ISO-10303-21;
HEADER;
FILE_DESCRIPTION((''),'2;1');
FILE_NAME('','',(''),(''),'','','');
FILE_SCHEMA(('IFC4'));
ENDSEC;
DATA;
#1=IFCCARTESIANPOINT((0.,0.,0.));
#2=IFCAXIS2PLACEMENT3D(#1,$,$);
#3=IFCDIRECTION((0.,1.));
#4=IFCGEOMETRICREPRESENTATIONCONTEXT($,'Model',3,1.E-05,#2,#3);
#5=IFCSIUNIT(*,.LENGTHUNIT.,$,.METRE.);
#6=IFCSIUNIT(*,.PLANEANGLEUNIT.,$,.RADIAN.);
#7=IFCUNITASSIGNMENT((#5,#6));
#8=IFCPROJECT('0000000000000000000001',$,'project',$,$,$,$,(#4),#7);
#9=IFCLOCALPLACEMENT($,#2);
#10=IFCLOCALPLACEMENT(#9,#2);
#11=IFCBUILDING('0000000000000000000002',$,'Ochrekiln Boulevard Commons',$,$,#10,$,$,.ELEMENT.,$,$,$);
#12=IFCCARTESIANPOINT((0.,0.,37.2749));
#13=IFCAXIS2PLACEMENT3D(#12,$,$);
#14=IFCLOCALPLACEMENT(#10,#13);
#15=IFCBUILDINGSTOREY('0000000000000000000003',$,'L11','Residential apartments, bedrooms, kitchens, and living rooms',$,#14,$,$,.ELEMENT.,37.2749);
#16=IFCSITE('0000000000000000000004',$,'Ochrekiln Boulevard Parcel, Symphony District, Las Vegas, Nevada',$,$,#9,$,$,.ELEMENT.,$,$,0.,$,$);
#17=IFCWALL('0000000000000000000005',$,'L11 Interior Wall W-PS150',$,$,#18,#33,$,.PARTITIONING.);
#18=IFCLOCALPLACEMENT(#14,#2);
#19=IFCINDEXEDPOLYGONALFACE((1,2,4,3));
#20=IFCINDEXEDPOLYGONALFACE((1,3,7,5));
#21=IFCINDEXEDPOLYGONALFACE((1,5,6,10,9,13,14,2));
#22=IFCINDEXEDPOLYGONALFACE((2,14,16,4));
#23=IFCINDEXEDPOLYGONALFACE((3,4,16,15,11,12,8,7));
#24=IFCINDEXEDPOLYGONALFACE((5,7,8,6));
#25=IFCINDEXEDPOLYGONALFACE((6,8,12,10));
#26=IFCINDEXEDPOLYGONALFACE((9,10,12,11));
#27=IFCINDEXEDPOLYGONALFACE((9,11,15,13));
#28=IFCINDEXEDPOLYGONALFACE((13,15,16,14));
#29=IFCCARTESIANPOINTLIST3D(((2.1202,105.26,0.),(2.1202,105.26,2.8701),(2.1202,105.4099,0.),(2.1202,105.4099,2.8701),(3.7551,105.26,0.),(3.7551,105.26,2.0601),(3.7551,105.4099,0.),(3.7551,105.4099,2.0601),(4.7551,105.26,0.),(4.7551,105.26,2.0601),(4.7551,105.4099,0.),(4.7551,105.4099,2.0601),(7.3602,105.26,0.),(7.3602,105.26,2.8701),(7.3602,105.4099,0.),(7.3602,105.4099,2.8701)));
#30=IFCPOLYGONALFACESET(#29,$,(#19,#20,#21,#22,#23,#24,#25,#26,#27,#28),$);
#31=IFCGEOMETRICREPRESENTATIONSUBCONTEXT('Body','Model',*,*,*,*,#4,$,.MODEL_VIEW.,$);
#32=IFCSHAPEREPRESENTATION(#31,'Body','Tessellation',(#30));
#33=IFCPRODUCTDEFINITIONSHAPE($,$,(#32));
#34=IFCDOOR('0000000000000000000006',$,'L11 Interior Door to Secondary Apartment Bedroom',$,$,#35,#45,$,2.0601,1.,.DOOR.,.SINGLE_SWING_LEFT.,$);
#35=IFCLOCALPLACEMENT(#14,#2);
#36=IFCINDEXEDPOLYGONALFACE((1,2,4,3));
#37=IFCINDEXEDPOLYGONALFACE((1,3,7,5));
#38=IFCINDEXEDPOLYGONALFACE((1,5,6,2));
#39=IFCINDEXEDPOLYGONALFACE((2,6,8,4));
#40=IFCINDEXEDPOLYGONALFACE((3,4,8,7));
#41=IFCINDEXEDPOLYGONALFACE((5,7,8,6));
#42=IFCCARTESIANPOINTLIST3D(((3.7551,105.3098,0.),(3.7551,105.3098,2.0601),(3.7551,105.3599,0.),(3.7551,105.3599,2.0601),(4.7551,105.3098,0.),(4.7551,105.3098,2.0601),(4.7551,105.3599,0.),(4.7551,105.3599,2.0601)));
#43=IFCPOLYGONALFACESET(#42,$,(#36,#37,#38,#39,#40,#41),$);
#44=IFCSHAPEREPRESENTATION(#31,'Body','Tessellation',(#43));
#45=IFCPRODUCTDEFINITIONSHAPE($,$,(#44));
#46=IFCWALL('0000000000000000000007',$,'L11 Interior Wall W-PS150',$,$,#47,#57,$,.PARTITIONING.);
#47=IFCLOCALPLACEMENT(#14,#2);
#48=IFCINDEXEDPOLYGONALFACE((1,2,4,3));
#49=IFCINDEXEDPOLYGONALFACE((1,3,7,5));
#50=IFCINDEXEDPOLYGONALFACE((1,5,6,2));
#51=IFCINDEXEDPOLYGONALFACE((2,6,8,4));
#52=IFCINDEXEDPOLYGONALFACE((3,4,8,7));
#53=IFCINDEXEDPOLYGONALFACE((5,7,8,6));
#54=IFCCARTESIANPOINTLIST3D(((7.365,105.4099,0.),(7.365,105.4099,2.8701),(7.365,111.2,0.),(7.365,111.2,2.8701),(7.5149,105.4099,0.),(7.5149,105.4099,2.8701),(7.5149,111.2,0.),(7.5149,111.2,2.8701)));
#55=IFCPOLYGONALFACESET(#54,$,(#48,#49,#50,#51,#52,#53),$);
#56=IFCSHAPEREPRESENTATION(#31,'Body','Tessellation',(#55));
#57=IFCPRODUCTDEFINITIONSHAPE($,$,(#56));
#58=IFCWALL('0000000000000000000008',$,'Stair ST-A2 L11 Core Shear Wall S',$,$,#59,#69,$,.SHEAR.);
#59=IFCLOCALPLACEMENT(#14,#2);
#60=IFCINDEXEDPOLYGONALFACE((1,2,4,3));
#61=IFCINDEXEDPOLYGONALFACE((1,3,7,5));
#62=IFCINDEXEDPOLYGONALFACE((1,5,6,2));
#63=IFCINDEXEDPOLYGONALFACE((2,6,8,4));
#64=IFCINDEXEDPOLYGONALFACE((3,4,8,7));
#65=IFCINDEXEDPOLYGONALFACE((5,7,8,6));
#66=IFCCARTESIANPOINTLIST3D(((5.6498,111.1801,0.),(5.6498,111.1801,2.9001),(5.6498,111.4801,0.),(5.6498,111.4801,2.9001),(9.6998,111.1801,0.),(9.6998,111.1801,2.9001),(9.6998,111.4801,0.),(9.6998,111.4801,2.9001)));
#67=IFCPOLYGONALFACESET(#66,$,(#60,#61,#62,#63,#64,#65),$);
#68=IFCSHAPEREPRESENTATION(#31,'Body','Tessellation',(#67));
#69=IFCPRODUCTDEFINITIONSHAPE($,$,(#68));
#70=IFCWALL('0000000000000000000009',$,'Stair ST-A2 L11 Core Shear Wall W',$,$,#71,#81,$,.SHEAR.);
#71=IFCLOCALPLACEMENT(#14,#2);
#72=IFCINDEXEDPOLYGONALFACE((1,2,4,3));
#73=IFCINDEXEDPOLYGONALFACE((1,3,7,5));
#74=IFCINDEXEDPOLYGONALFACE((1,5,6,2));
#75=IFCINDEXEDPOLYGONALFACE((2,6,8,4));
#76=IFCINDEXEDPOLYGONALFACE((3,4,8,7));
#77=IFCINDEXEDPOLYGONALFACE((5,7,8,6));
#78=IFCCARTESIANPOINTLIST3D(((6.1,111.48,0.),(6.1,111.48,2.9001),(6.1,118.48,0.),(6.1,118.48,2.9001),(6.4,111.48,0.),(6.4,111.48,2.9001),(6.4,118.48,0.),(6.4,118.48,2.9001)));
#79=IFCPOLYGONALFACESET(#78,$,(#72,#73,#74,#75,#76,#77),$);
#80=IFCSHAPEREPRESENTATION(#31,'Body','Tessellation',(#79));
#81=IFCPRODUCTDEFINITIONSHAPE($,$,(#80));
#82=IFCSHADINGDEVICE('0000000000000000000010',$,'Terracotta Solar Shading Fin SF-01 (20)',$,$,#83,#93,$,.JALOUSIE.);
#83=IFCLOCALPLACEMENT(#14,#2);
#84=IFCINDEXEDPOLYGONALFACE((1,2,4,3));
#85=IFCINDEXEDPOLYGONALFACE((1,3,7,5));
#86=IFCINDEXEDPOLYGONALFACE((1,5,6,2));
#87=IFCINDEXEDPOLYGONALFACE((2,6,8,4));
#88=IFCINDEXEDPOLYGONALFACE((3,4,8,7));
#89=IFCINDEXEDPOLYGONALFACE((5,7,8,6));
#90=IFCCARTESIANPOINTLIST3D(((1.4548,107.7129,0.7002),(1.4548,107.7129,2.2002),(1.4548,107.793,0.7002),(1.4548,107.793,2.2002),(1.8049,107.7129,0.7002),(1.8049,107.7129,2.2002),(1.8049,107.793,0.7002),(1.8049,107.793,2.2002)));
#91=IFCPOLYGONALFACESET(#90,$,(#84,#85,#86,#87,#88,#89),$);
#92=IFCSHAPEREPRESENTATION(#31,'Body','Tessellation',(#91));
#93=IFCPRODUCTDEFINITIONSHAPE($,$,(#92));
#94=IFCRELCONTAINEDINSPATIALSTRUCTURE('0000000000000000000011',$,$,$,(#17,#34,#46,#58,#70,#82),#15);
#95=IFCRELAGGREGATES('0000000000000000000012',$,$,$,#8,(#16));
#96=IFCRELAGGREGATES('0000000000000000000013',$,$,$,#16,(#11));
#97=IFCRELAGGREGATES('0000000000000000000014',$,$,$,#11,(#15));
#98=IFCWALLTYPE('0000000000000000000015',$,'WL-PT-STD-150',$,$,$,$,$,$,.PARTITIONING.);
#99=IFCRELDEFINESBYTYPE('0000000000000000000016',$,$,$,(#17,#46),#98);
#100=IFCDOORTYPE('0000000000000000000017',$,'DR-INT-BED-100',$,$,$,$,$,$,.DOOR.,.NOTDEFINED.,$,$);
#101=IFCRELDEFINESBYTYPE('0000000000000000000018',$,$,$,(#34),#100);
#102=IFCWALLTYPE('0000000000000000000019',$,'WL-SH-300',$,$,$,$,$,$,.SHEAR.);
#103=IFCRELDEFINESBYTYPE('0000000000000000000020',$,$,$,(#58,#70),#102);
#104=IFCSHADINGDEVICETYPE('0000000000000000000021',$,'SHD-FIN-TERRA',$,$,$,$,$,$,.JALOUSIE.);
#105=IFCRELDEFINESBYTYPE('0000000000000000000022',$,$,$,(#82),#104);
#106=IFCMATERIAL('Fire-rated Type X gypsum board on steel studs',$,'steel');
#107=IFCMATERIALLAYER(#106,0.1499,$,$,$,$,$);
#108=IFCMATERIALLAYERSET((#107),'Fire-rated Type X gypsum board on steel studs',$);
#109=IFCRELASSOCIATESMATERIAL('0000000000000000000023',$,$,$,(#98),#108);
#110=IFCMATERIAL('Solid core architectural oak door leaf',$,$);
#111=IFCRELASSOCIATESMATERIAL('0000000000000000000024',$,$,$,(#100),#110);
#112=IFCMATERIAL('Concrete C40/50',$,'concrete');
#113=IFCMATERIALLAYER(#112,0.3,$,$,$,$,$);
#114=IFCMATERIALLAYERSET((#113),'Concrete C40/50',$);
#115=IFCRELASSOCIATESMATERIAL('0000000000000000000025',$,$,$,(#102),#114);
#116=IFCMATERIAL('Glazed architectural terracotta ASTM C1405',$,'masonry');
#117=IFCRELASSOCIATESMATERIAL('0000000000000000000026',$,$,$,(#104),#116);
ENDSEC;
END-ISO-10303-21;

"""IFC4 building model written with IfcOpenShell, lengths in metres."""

from ifc_helpers import new_model, si_unit, direction, frame, frame_2d, origin, origin_2d, place, context, subcontext, project, spatial, rectangle, extrude, material, layer, layer_set, type_object, element, fill, save


model = new_model("IFC4")

# Units and contexts
model_context = context("Model", 3, precision=1e-05, world=origin(), true_north=direction((0.0, 1.0)))
body_context = subcontext(model_context, "Body", "Model", "MODEL_VIEW")
ifc_project = project(units=[si_unit("LENGTHUNIT", "METRE"), si_unit("PLANEANGLEUNIT", "RADIAN")], contexts=[model_context])

# Site, building, storey
site_placement = place(None, origin())
site = spatial("IfcSite", under=ifc_project, at=site_placement, Name="Ochrekiln Boulevard Parcel, Symphony District, Las Vegas, Nevada", CompositionType="ELEMENT", RefElevation=0.0)
building_placement = place(site_placement, origin())
building = spatial("IfcBuilding", under=site, at=building_placement, Name="Ochrekiln Boulevard Commons", CompositionType="ELEMENT")
storey_placement = place(building_placement, frame((0.0, 0.0, 37.2749)))
storey = spatial("IfcBuildingStorey", under=building, at=storey_placement, Name="L11", Description="Residential apartments, bedrooms, kitchens, and living rooms", CompositionType="ELEMENT", Elevation=37.2749)

# Shared definitions
ifc_material_1 = material(Name="Concrete C40/50", Category="concrete")

# Shared definitions
ifc_material_2 = material(Name="Fire-rated Type X gypsum board on steel studs", Category="steel")

# Wall, opening, door
ifc_material_3 = material(Name="Solid core architectural oak door leaf")
ifc_layer_1 = layer(ifc_material_2, 0.1499)
ifc_layer_set_1 = layer_set([ifc_layer_1], Name="Fire-rated Type X gypsum board on steel studs")
wall_type_1 = type_object("IfcWallType", Name="WL-PT-STD-150", PredefinedType="PARTITIONING", material=ifc_layer_set_1)
wall_1_placement = place(storey_placement, frame((2.1201, 105.335, 0.0), z_axis=(0.0, 0.0, 1.0), x_axis=(1.0, 0.0, 0.0)))
wall_1 = element("IfcWall", 1, at=wall_1_placement, inside=storey, type_object=wall_type_1, Name="L11 Interior Wall W-PS150", PredefinedType="PARTITIONING", context=body_context, shape_type="SweptSolid", body=[
    extrude(rectangle(XDim=5.24, YDim=0.1499, at=frame_2d((2.6201, 0.0))), origin(), (0.0, 0.0, 1.0), 2.8701),
])
opening_1_placement = place(wall_1_placement, frame((1.635, 0.0, 0.0)))
opening_1 = element("IfcOpeningElement", 2, at=opening_1_placement, cuts=wall_1, PredefinedType="OPENING", context=body_context, shape_type="SweptSolid", body=[
    extrude(rectangle(XDim=1.0, YDim=2.0601, at=frame_2d((0.5, 1.03))), frame((0.0, 0.085, 0.0), z_axis=(0.0, -1.0, 0.0), x_axis=(1.0, 0.0, 0.0)), (0.0, 0.0, 1.0), 0.1699),
])
door_type_1 = type_object("IfcDoorType", Name="DR-INT-BED-100", OperationType="NOTDEFINED", PredefinedType="DOOR", material=ifc_material_3)
door_1_placement = place(opening_1_placement, origin())
door_1 = element("IfcDoor", 3, at=door_1_placement, inside=storey, type_object=door_type_1, Name="L11 Interior Door to Secondary Apartment Bedroom", OperationType="SINGLE_SWING_LEFT", OverallHeight=2.0601, OverallWidth=1.0, PredefinedType="DOOR", context=body_context, shape_type="SweptSolid", body=[
    extrude(rectangle(XDim=1.0, YDim=2.0601, at=frame_2d((0.5, 1.03))), frame((0.0, 0.0249, 0.0), z_axis=(0.0, -1.0, 0.0), x_axis=(1.0, 0.0, 0.0)), (0.0, 0.0, 1.0), 0.05),
])
fill(opening_1, door_1)

# Walls
wall_2_placement = place(storey_placement, frame((7.4399, 105.4099, 0.0), z_axis=(0.0, 0.0, 1.0), x_axis=(0.0, 1.0, 0.0)))
element("IfcWall", 4, at=wall_2_placement, inside=storey, type_object=wall_type_1, Name="L11 Interior Wall W-PS150", PredefinedType="PARTITIONING", context=body_context, shape_type="SweptSolid", body=[
    extrude(rectangle(XDim=5.79, YDim=0.1499, at=frame_2d((2.895, 0.0))), origin(), (0.0, 0.0, 1.0), 2.8701),
])
ifc_layer_2 = layer(ifc_material_1, 0.3)
ifc_layer_set_2 = layer_set([ifc_layer_2], Name="Concrete C40/50")
wall_type_2 = type_object("IfcWallType", Name="WL-SH-300", PredefinedType="SHEAR", material=ifc_layer_set_2)
wall_3_placement = place(storey_placement, frame((5.6499, 111.3301, 0.0), z_axis=(0.0, 0.0, 1.0), x_axis=(1.0, 0.0, 0.0)))
element("IfcWall", 5, at=wall_3_placement, inside=storey, type_object=wall_type_2, Name="Stair ST-A2 L11 Core Shear Wall S", PredefinedType="SHEAR", context=body_context, shape_type="SweptSolid", body=[
    extrude(rectangle(XDim=4.05, YDim=0.3, at=frame_2d((2.0249, 0.0))), origin(), (0.0, 0.0, 1.0), 2.9001),
])
wall_4_placement = place(storey_placement, frame((6.25, 111.48, 0.0), z_axis=(0.0, 0.0, 1.0), x_axis=(0.0, 1.0, 0.0)))
element("IfcWall", 6, at=wall_4_placement, inside=storey, type_object=wall_type_2, Name="Stair ST-A2 L11 Core Shear Wall W", PredefinedType="SHEAR", context=body_context, shape_type="SweptSolid", body=[
    extrude(rectangle(XDim=7.0, YDim=0.3, at=frame_2d((3.5, 0.0))), origin(), (0.0, 0.0, 1.0), 2.9001),
])

# Shading device
ifc_material_4 = material(Name="Glazed architectural terracotta ASTM C1405", Category="masonry")
shading_device_type = type_object("IfcShadingDeviceType", Name="SHD-FIN-TERRA", PredefinedType="JALOUSIE", material=ifc_material_4)
shading_device_placement = place(storey_placement, frame((1.6299, 107.7529, 0.7002), z_axis=(0.0, 0.0, 1.0), x_axis=(1.0, 0.0, 0.0)))
element("IfcShadingDevice", 7, at=shading_device_placement, inside=storey, type_object=shading_device_type, Name="Terracotta Solar Shading Fin SF-01 (20)", PredefinedType="JALOUSIE", context=body_context, shape_type="SweptSolid", body=[
    extrude(rectangle(XDim=0.3501, YDim=0.0801, at=origin_2d()), origin(), (0.0, 0.0, 1.0), 1.5),
])

save(model, "model.ifc")
